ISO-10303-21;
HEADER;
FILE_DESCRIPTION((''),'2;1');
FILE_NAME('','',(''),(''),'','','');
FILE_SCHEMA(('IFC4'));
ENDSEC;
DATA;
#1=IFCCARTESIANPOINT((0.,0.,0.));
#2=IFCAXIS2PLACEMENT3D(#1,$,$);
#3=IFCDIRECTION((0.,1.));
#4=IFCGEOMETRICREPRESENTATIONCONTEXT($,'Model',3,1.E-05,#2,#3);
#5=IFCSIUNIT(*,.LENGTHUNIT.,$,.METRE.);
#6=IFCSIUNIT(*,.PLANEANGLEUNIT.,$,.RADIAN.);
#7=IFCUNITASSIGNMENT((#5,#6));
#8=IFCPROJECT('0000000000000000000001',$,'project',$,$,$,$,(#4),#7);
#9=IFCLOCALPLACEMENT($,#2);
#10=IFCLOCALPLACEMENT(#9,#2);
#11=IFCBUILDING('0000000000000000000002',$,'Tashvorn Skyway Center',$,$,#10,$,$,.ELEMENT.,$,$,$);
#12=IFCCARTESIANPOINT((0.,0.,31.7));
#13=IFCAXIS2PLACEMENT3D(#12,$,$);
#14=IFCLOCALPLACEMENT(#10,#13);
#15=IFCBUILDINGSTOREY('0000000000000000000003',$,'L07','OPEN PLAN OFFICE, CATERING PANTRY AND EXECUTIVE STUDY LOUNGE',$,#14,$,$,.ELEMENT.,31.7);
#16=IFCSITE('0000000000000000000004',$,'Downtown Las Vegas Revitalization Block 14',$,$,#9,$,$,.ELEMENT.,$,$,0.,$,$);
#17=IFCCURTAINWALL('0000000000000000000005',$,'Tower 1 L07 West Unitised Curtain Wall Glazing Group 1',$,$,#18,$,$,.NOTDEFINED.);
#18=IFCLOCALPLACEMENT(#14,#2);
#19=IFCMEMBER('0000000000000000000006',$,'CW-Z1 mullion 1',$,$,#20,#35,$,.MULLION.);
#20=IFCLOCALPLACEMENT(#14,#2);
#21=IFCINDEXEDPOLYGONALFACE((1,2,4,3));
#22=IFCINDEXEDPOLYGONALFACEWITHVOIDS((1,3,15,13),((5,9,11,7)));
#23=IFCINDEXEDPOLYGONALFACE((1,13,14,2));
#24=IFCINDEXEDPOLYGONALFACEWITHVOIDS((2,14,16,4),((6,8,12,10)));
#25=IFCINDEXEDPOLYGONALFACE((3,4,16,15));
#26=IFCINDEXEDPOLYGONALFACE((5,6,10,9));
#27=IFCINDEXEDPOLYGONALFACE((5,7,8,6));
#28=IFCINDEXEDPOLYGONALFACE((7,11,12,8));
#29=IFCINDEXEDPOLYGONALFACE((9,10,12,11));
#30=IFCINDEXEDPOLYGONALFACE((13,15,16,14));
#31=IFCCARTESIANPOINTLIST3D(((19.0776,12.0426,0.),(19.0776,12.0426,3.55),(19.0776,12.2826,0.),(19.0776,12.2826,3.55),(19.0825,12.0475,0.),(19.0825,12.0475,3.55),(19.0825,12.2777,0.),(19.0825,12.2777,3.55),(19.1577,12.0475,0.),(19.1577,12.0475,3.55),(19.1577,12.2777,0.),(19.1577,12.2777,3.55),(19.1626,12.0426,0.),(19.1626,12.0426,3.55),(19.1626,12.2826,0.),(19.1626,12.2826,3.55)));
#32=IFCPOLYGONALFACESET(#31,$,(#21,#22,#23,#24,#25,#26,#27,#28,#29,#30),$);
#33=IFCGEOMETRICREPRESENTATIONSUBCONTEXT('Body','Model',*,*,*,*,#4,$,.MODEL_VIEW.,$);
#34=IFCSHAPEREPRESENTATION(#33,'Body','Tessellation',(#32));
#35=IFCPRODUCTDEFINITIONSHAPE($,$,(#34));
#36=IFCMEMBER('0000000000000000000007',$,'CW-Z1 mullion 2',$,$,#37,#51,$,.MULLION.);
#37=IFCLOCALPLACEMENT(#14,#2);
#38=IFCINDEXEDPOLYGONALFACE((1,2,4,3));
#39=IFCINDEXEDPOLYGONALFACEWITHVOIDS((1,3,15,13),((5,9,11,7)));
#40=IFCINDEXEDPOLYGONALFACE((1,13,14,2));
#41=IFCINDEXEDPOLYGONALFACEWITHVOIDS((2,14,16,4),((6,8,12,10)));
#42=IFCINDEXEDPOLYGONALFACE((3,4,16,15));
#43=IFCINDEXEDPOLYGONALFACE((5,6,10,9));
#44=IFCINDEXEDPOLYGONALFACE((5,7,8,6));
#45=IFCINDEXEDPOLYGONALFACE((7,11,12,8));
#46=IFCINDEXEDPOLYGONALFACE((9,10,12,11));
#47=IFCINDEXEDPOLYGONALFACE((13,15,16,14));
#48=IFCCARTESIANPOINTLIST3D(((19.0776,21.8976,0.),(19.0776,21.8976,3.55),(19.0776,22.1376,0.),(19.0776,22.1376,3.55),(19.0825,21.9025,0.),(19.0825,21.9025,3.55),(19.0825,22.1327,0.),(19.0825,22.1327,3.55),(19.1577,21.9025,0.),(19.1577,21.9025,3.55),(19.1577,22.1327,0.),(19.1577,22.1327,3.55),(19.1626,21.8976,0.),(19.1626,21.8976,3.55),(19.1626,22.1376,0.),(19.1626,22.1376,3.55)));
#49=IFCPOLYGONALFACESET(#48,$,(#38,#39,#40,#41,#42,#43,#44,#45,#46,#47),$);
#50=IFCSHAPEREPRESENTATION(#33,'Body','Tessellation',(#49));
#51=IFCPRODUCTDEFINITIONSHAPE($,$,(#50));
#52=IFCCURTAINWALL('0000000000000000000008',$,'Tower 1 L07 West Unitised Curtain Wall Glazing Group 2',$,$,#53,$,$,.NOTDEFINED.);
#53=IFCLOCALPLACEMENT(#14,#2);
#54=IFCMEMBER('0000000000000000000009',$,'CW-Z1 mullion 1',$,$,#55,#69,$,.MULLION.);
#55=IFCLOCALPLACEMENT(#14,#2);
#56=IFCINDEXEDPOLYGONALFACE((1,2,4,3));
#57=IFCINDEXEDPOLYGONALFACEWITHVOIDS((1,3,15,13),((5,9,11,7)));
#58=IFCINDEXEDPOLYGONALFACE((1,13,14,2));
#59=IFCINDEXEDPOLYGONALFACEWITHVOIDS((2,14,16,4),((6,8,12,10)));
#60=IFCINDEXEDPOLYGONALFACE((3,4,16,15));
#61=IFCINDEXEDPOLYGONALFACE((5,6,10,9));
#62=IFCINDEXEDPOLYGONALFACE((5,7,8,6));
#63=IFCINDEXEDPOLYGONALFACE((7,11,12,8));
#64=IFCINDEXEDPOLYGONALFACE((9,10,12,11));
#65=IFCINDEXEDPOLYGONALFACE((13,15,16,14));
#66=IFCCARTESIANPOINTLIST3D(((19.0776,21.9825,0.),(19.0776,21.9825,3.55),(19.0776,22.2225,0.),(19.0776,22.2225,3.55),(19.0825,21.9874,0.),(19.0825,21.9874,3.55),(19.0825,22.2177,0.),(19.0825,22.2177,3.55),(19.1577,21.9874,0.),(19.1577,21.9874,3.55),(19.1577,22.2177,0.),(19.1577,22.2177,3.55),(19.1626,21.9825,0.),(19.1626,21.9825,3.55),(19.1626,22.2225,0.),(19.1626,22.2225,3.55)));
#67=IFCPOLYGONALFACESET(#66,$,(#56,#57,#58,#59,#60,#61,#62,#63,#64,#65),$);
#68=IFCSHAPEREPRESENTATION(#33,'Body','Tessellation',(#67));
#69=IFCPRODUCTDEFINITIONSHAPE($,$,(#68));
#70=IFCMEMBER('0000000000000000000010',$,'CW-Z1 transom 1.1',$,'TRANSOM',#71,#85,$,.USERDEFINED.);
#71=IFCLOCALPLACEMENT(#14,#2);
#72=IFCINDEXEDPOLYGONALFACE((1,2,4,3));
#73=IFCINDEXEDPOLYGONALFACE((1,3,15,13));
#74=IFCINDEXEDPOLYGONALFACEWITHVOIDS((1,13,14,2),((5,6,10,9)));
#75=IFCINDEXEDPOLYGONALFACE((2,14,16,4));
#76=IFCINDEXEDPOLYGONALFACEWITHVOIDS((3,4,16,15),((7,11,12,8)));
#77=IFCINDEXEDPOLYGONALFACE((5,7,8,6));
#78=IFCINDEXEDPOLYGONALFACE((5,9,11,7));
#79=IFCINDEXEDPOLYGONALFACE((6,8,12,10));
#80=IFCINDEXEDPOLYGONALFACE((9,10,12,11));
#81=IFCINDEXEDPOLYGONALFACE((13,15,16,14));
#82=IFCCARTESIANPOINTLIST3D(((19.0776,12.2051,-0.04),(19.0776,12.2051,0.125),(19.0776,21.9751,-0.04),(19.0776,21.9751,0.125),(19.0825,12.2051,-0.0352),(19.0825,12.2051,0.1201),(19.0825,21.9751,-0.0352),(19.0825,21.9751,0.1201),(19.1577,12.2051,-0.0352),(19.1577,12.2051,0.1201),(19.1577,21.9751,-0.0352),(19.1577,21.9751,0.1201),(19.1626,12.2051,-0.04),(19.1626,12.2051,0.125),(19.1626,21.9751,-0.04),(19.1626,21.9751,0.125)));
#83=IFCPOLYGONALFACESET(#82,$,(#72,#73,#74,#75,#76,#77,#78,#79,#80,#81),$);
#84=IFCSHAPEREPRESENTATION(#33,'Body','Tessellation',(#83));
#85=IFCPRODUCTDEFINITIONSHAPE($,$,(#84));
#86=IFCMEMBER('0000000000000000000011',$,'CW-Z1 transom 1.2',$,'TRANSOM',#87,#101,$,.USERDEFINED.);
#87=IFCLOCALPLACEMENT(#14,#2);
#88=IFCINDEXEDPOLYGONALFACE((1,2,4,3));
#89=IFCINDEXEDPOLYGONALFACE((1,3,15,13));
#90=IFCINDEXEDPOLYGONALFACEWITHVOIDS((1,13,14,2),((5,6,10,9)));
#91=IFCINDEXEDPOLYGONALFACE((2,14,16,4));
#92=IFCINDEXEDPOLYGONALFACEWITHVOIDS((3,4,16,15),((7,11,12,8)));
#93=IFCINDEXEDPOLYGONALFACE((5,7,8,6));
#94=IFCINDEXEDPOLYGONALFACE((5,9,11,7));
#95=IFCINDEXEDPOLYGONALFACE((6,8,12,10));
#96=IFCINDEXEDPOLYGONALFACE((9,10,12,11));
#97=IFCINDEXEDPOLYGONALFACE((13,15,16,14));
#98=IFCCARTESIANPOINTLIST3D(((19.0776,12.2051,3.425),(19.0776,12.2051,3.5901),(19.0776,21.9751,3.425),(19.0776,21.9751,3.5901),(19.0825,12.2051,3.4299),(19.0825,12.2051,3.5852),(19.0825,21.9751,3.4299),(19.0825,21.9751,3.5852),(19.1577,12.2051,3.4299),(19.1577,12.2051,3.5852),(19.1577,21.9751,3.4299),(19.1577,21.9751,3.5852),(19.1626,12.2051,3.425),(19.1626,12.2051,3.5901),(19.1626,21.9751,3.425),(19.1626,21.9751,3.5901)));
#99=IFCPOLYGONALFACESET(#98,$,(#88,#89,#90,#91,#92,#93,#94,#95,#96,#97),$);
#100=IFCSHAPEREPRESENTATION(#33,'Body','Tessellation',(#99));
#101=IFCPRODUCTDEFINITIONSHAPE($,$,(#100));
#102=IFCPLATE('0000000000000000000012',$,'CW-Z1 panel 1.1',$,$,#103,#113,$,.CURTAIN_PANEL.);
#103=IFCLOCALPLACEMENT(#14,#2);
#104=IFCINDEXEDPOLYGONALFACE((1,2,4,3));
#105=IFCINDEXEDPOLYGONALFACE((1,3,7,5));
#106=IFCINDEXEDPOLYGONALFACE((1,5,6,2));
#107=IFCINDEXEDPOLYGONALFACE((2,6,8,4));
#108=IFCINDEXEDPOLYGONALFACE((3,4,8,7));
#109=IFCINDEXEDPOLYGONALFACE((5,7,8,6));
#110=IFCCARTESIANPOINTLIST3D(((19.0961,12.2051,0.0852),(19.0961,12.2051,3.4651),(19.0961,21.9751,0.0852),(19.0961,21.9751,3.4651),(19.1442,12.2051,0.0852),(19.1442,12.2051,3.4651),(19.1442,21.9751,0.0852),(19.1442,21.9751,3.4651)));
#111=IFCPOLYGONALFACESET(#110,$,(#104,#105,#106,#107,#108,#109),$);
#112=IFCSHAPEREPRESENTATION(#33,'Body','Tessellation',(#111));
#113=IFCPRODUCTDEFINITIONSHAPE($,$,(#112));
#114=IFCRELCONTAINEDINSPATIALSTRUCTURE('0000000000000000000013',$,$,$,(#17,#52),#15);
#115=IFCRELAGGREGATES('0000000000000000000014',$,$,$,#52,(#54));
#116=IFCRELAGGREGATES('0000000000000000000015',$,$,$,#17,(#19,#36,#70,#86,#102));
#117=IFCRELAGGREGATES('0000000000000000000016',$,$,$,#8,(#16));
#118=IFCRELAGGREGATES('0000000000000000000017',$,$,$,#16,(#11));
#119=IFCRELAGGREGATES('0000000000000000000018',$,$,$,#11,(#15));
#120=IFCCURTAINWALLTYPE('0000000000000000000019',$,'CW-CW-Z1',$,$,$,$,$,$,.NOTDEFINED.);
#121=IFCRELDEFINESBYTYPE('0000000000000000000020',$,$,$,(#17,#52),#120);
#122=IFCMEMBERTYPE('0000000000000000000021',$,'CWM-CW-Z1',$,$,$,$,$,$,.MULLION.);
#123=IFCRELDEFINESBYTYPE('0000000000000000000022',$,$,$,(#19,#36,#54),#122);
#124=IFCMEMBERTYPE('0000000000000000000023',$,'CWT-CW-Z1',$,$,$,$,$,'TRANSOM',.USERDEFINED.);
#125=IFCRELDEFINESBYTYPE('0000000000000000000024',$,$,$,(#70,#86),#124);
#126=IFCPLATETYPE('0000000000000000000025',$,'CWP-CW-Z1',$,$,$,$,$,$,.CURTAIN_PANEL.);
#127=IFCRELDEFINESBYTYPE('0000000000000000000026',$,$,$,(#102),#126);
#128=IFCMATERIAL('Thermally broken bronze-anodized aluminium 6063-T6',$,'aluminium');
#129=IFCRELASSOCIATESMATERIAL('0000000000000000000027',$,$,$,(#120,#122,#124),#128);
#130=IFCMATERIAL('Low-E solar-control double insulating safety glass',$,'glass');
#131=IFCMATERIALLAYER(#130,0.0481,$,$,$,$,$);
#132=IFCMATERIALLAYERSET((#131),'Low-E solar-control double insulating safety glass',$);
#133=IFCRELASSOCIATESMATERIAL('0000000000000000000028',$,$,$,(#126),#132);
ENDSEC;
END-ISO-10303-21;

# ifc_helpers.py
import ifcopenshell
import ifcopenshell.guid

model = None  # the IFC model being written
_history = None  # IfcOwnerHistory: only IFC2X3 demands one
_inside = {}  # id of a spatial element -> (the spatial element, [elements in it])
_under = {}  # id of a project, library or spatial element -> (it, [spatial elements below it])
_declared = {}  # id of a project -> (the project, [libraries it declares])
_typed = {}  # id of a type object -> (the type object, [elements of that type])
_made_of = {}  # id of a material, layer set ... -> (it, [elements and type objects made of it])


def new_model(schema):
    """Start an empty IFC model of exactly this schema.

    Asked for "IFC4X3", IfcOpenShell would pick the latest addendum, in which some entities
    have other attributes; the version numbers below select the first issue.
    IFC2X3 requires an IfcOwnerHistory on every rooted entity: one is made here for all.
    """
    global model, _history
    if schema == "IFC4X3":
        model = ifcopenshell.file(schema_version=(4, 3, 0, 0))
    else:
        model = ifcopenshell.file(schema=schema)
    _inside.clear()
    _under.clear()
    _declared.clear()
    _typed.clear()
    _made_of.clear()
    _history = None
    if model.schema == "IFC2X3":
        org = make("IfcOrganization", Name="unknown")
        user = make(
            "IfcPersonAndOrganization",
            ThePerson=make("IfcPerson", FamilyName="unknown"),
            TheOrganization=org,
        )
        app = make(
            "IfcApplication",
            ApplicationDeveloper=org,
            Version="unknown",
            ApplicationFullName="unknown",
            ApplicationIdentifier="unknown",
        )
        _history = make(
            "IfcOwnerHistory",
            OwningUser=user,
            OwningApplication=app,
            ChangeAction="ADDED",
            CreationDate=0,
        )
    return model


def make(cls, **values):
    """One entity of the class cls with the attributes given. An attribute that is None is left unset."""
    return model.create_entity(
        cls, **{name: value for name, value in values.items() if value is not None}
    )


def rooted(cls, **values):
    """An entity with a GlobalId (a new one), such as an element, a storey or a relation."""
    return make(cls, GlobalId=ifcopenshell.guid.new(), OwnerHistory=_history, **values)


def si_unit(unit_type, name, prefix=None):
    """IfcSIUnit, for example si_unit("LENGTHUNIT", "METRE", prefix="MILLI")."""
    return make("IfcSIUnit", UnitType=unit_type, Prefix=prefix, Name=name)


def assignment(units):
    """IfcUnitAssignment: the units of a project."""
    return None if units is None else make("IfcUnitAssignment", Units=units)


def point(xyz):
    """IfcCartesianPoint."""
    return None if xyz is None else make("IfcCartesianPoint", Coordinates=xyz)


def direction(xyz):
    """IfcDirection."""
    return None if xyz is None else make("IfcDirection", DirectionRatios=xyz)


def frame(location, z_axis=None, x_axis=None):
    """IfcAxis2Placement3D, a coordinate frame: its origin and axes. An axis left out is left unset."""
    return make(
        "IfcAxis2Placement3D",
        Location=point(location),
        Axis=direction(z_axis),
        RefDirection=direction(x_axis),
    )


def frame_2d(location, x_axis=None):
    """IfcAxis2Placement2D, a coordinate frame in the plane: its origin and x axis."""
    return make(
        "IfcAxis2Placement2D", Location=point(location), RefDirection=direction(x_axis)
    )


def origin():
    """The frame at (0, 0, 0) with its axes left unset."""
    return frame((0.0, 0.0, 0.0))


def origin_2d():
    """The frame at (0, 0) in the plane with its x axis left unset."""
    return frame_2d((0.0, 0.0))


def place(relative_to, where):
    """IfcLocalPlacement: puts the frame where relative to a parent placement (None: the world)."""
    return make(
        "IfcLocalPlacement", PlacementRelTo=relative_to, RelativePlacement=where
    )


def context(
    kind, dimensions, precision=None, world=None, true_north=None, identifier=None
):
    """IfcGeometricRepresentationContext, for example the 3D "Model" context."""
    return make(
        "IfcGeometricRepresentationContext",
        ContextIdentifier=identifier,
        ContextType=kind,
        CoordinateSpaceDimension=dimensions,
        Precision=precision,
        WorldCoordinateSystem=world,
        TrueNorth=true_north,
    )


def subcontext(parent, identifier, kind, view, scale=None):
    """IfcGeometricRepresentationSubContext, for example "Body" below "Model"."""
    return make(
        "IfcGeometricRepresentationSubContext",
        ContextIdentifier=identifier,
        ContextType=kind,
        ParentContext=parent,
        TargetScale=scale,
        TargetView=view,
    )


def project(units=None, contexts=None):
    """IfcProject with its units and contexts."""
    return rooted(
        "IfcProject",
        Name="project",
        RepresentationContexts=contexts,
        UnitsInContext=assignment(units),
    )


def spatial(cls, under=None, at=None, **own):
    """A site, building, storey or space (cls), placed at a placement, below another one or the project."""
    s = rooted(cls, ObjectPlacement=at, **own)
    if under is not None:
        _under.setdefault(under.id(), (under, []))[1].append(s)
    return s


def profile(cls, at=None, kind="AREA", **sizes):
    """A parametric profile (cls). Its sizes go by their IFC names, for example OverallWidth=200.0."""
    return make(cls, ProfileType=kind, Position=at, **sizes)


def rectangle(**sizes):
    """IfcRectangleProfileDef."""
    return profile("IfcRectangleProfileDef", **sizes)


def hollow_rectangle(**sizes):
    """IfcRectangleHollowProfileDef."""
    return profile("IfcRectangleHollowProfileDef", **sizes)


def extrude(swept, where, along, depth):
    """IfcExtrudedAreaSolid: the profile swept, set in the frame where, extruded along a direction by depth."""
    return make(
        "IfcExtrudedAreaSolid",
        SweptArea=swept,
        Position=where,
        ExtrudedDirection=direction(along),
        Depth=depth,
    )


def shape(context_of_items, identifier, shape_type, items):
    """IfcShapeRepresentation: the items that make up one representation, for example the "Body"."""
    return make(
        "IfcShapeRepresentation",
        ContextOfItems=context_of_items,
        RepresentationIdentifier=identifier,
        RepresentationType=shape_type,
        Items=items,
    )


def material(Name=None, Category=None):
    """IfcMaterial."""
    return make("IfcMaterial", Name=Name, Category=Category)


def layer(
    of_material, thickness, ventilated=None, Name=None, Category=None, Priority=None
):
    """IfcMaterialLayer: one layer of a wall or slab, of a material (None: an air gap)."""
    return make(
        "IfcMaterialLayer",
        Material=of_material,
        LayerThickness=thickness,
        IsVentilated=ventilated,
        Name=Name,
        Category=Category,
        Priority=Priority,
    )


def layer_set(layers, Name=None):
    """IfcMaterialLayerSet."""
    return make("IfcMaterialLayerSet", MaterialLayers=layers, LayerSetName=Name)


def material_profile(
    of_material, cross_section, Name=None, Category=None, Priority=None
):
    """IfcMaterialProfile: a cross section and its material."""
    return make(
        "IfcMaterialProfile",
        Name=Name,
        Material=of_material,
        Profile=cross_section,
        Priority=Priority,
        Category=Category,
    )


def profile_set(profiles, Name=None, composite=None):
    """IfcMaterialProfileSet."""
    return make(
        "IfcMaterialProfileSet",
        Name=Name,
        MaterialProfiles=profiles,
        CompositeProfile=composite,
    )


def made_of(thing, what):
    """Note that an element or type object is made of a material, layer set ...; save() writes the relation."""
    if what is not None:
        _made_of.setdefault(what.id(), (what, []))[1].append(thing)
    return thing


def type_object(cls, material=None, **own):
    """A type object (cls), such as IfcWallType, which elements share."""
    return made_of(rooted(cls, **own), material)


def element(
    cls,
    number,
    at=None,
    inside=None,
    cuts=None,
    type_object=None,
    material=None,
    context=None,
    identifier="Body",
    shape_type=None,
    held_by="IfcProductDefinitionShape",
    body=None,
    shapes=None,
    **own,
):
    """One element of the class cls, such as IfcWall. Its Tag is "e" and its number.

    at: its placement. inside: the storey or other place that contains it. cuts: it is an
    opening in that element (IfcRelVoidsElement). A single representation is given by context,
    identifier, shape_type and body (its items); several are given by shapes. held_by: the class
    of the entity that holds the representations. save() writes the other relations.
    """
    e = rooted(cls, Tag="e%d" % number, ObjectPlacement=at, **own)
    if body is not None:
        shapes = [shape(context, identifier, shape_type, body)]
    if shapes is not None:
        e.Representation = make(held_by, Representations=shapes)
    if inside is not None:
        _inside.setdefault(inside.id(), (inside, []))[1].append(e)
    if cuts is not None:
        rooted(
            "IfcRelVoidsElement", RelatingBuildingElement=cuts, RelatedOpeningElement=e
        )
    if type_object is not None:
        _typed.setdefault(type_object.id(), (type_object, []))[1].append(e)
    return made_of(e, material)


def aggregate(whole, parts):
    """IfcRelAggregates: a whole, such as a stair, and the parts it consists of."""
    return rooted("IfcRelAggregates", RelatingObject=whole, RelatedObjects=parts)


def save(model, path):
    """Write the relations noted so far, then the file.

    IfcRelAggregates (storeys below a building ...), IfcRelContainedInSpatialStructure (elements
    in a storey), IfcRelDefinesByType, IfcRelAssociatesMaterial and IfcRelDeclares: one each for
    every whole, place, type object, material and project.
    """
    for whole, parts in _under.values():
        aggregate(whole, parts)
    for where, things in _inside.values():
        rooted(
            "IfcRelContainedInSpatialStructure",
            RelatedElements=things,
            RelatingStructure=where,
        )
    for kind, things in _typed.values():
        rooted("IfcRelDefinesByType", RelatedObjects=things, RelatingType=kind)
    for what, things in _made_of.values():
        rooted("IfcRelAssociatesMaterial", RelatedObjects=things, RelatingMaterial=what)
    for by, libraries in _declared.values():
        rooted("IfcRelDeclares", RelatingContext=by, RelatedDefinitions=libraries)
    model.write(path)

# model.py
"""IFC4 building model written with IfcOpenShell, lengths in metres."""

from ifc_helpers import new_model, si_unit, direction, frame, origin, origin_2d, place, context, subcontext, project, spatial, rectangle, hollow_rectangle, extrude, material, layer, layer_set, material_profile, profile_set, type_object, element, aggregate, save


model = new_model("IFC4")

# Units and contexts
model_context = context("Model", 3, precision=1e-05, world=origin(), true_north=direction((0.0, 1.0)))
body_context = subcontext(model_context, "Body", "Model", "MODEL_VIEW")
ifc_project = project(units=[si_unit("LENGTHUNIT", "METRE"), si_unit("PLANEANGLEUNIT", "RADIAN")], contexts=[model_context])

# Site, building, storey
site_placement = place(None, origin())
site = spatial("IfcSite", under=ifc_project, at=site_placement, Name="Downtown Las Vegas Revitalization Block 14", CompositionType="ELEMENT", RefElevation=0.0)
building_placement = place(site_placement, origin())
building = spatial("IfcBuilding", under=site, at=building_placement, Name="Tashvorn Skyway Center", CompositionType="ELEMENT")
storey_placement = place(building_placement, frame((0.0, 0.0, 31.7)))
storey = spatial("IfcBuildingStorey", under=building, at=storey_placement, Name="L07", Description="OPEN PLAN OFFICE, CATERING PANTRY AND EXECUTIVE STUDY LOUNGE", CompositionType="ELEMENT", Elevation=31.7)

# Curtain wall, members
ifc_material_1 = material(Name="Thermally broken bronze-anodized aluminium 6063-T6", Category="aluminium")
curtain_wall_type = type_object("IfcCurtainWallType", Name="CW-CW-Z1", PredefinedType="NOTDEFINED", material=ifc_material_1)
curtain_wall_1_placement = place(storey_placement, origin())
curtain_wall_1 = element("IfcCurtainWall", 1, at=curtain_wall_1_placement, inside=storey, type_object=curtain_wall_type, Name="Tower 1 L07 West Unitised Curtain Wall Glazing Group 1", PredefinedType="NOTDEFINED")
ifc_material_profile_1 = material_profile(ifc_material_1, hollow_rectangle(XDim=0.085, YDim=0.24, WallThickness=0.0049, at=origin_2d()), Name="ALU-MULL-85x240")
ifc_profile_set_1 = profile_set([ifc_material_profile_1], Name="Thermally broken bronze-anodized aluminium 6063-T6")
member_type_1 = type_object("IfcMemberType", Name="CWM-CW-Z1", PredefinedType="MULLION", material=ifc_profile_set_1)
member_1_placement = place(storey_placement, frame((19.1201, 12.1626, 0.0), z_axis=(0.0, 0.0, 1.0), x_axis=(-1.0, 0.0, 0.0)))
member_1 = element("IfcMember", 2, at=member_1_placement, type_object=member_type_1, Name="CW-Z1 mullion 1", PredefinedType="MULLION", context=body_context, shape_type="SweptSolid", body=[
    extrude(hollow_rectangle(XDim=0.085, YDim=0.24, WallThickness=0.0049, at=origin_2d()), origin(), (0.0, 0.0, 1.0), 3.55),
])
member_2_placement = place(storey_placement, frame((19.1201, 22.0176, 0.0), z_axis=(0.0, 0.0, 1.0), x_axis=(-1.0, 0.0, 0.0)))
member_2 = element("IfcMember", 3, at=member_2_placement, type_object=member_type_1, Name="CW-Z1 mullion 2", PredefinedType="MULLION", context=body_context, shape_type="SweptSolid", body=[
    extrude(hollow_rectangle(XDim=0.085, YDim=0.24, WallThickness=0.0049, at=origin_2d()), origin(), (0.0, 0.0, 1.0), 3.55),
])

# Curtain wall, member
curtain_wall_2_placement = place(storey_placement, origin())
curtain_wall_2 = element("IfcCurtainWall", 4, at=curtain_wall_2_placement, inside=storey, type_object=curtain_wall_type, Name="Tower 1 L07 West Unitised Curtain Wall Glazing Group 2", PredefinedType="NOTDEFINED")
member_3_placement = place(storey_placement, frame((19.1201, 22.1025, 0.0), z_axis=(0.0, 0.0, 1.0), x_axis=(-1.0, 0.0, 0.0)))
member_3 = element("IfcMember", 5, at=member_3_placement, type_object=member_type_1, Name="CW-Z1 mullion 1", PredefinedType="MULLION", context=body_context, shape_type="SweptSolid", body=[
    extrude(hollow_rectangle(XDim=0.085, YDim=0.24, WallThickness=0.0049, at=origin_2d()), origin(), (0.0, 0.0, 1.0), 3.55),
])
aggregate(curtain_wall_2, [member_3])

# Members
ifc_material_profile_2 = material_profile(ifc_material_1, hollow_rectangle(XDim=0.085, YDim=0.165, WallThickness=0.0049, at=origin_2d()), Name="ALU-TRAN-85x165")
ifc_profile_set_2 = profile_set([ifc_material_profile_2], Name="Thermally broken bronze-anodized aluminium 6063-T6")
member_type_2 = type_object("IfcMemberType", Name="CWT-CW-Z1", ElementType="TRANSOM", PredefinedType="USERDEFINED", material=ifc_profile_set_2)
member_4_placement = place(storey_placement, frame((19.1201, 12.2051, 0.0425), z_axis=(0.0, 1.0, 0.0), x_axis=(-1.0, 0.0, 0.0)))
member_4 = element("IfcMember", 6, at=member_4_placement, type_object=member_type_2, Name="CW-Z1 transom 1.1", ObjectType="TRANSOM", PredefinedType="USERDEFINED", context=body_context, shape_type="SweptSolid", body=[
    extrude(hollow_rectangle(XDim=0.085, YDim=0.165, WallThickness=0.0049, at=origin_2d()), origin(), (0.0, 0.0, 1.0), 9.77),
])
member_5_placement = place(storey_placement, frame((19.1201, 12.2051, 3.5076), z_axis=(0.0, 1.0, 0.0), x_axis=(-1.0, 0.0, 0.0)))
member_5 = element("IfcMember", 7, at=member_5_placement, type_object=member_type_2, Name="CW-Z1 transom 1.2", ObjectType="TRANSOM", PredefinedType="USERDEFINED", context=body_context, shape_type="SweptSolid", body=[
    extrude(hollow_rectangle(XDim=0.085, YDim=0.165, WallThickness=0.0049, at=origin_2d()), origin(), (0.0, 0.0, 1.0), 9.77),
])

# Plate
ifc_material_2 = material(Name="Low-E solar-control double insulating safety glass", Category="glass")
ifc_layer_1 = layer(ifc_material_2, 0.0481)
ifc_layer_set_1 = layer_set([ifc_layer_1], Name="Low-E solar-control double insulating safety glass")
plate_type = type_object("IfcPlateType", Name="CWP-CW-Z1", PredefinedType="CURTAIN_PANEL", material=ifc_layer_set_1)
plate_placement = place(storey_placement, frame((19.1201, 17.0901, 0.0852), z_axis=(0.0, 0.0, 1.0), x_axis=(0.0, 1.0, 0.0)))
plate = element("IfcPlate", 8, at=plate_placement, type_object=plate_type, Name="CW-Z1 panel 1.1", PredefinedType="CURTAIN_PANEL", context=body_context, shape_type="SweptSolid", body=[
    extrude(rectangle(XDim=9.77, YDim=0.0481, at=origin_2d()), origin(), (0.0, 0.0, 1.0), 3.3799),
])
aggregate(curtain_wall_1, [member_1, member_2, member_4, member_5, plate])

save(model, "model.ifc")
